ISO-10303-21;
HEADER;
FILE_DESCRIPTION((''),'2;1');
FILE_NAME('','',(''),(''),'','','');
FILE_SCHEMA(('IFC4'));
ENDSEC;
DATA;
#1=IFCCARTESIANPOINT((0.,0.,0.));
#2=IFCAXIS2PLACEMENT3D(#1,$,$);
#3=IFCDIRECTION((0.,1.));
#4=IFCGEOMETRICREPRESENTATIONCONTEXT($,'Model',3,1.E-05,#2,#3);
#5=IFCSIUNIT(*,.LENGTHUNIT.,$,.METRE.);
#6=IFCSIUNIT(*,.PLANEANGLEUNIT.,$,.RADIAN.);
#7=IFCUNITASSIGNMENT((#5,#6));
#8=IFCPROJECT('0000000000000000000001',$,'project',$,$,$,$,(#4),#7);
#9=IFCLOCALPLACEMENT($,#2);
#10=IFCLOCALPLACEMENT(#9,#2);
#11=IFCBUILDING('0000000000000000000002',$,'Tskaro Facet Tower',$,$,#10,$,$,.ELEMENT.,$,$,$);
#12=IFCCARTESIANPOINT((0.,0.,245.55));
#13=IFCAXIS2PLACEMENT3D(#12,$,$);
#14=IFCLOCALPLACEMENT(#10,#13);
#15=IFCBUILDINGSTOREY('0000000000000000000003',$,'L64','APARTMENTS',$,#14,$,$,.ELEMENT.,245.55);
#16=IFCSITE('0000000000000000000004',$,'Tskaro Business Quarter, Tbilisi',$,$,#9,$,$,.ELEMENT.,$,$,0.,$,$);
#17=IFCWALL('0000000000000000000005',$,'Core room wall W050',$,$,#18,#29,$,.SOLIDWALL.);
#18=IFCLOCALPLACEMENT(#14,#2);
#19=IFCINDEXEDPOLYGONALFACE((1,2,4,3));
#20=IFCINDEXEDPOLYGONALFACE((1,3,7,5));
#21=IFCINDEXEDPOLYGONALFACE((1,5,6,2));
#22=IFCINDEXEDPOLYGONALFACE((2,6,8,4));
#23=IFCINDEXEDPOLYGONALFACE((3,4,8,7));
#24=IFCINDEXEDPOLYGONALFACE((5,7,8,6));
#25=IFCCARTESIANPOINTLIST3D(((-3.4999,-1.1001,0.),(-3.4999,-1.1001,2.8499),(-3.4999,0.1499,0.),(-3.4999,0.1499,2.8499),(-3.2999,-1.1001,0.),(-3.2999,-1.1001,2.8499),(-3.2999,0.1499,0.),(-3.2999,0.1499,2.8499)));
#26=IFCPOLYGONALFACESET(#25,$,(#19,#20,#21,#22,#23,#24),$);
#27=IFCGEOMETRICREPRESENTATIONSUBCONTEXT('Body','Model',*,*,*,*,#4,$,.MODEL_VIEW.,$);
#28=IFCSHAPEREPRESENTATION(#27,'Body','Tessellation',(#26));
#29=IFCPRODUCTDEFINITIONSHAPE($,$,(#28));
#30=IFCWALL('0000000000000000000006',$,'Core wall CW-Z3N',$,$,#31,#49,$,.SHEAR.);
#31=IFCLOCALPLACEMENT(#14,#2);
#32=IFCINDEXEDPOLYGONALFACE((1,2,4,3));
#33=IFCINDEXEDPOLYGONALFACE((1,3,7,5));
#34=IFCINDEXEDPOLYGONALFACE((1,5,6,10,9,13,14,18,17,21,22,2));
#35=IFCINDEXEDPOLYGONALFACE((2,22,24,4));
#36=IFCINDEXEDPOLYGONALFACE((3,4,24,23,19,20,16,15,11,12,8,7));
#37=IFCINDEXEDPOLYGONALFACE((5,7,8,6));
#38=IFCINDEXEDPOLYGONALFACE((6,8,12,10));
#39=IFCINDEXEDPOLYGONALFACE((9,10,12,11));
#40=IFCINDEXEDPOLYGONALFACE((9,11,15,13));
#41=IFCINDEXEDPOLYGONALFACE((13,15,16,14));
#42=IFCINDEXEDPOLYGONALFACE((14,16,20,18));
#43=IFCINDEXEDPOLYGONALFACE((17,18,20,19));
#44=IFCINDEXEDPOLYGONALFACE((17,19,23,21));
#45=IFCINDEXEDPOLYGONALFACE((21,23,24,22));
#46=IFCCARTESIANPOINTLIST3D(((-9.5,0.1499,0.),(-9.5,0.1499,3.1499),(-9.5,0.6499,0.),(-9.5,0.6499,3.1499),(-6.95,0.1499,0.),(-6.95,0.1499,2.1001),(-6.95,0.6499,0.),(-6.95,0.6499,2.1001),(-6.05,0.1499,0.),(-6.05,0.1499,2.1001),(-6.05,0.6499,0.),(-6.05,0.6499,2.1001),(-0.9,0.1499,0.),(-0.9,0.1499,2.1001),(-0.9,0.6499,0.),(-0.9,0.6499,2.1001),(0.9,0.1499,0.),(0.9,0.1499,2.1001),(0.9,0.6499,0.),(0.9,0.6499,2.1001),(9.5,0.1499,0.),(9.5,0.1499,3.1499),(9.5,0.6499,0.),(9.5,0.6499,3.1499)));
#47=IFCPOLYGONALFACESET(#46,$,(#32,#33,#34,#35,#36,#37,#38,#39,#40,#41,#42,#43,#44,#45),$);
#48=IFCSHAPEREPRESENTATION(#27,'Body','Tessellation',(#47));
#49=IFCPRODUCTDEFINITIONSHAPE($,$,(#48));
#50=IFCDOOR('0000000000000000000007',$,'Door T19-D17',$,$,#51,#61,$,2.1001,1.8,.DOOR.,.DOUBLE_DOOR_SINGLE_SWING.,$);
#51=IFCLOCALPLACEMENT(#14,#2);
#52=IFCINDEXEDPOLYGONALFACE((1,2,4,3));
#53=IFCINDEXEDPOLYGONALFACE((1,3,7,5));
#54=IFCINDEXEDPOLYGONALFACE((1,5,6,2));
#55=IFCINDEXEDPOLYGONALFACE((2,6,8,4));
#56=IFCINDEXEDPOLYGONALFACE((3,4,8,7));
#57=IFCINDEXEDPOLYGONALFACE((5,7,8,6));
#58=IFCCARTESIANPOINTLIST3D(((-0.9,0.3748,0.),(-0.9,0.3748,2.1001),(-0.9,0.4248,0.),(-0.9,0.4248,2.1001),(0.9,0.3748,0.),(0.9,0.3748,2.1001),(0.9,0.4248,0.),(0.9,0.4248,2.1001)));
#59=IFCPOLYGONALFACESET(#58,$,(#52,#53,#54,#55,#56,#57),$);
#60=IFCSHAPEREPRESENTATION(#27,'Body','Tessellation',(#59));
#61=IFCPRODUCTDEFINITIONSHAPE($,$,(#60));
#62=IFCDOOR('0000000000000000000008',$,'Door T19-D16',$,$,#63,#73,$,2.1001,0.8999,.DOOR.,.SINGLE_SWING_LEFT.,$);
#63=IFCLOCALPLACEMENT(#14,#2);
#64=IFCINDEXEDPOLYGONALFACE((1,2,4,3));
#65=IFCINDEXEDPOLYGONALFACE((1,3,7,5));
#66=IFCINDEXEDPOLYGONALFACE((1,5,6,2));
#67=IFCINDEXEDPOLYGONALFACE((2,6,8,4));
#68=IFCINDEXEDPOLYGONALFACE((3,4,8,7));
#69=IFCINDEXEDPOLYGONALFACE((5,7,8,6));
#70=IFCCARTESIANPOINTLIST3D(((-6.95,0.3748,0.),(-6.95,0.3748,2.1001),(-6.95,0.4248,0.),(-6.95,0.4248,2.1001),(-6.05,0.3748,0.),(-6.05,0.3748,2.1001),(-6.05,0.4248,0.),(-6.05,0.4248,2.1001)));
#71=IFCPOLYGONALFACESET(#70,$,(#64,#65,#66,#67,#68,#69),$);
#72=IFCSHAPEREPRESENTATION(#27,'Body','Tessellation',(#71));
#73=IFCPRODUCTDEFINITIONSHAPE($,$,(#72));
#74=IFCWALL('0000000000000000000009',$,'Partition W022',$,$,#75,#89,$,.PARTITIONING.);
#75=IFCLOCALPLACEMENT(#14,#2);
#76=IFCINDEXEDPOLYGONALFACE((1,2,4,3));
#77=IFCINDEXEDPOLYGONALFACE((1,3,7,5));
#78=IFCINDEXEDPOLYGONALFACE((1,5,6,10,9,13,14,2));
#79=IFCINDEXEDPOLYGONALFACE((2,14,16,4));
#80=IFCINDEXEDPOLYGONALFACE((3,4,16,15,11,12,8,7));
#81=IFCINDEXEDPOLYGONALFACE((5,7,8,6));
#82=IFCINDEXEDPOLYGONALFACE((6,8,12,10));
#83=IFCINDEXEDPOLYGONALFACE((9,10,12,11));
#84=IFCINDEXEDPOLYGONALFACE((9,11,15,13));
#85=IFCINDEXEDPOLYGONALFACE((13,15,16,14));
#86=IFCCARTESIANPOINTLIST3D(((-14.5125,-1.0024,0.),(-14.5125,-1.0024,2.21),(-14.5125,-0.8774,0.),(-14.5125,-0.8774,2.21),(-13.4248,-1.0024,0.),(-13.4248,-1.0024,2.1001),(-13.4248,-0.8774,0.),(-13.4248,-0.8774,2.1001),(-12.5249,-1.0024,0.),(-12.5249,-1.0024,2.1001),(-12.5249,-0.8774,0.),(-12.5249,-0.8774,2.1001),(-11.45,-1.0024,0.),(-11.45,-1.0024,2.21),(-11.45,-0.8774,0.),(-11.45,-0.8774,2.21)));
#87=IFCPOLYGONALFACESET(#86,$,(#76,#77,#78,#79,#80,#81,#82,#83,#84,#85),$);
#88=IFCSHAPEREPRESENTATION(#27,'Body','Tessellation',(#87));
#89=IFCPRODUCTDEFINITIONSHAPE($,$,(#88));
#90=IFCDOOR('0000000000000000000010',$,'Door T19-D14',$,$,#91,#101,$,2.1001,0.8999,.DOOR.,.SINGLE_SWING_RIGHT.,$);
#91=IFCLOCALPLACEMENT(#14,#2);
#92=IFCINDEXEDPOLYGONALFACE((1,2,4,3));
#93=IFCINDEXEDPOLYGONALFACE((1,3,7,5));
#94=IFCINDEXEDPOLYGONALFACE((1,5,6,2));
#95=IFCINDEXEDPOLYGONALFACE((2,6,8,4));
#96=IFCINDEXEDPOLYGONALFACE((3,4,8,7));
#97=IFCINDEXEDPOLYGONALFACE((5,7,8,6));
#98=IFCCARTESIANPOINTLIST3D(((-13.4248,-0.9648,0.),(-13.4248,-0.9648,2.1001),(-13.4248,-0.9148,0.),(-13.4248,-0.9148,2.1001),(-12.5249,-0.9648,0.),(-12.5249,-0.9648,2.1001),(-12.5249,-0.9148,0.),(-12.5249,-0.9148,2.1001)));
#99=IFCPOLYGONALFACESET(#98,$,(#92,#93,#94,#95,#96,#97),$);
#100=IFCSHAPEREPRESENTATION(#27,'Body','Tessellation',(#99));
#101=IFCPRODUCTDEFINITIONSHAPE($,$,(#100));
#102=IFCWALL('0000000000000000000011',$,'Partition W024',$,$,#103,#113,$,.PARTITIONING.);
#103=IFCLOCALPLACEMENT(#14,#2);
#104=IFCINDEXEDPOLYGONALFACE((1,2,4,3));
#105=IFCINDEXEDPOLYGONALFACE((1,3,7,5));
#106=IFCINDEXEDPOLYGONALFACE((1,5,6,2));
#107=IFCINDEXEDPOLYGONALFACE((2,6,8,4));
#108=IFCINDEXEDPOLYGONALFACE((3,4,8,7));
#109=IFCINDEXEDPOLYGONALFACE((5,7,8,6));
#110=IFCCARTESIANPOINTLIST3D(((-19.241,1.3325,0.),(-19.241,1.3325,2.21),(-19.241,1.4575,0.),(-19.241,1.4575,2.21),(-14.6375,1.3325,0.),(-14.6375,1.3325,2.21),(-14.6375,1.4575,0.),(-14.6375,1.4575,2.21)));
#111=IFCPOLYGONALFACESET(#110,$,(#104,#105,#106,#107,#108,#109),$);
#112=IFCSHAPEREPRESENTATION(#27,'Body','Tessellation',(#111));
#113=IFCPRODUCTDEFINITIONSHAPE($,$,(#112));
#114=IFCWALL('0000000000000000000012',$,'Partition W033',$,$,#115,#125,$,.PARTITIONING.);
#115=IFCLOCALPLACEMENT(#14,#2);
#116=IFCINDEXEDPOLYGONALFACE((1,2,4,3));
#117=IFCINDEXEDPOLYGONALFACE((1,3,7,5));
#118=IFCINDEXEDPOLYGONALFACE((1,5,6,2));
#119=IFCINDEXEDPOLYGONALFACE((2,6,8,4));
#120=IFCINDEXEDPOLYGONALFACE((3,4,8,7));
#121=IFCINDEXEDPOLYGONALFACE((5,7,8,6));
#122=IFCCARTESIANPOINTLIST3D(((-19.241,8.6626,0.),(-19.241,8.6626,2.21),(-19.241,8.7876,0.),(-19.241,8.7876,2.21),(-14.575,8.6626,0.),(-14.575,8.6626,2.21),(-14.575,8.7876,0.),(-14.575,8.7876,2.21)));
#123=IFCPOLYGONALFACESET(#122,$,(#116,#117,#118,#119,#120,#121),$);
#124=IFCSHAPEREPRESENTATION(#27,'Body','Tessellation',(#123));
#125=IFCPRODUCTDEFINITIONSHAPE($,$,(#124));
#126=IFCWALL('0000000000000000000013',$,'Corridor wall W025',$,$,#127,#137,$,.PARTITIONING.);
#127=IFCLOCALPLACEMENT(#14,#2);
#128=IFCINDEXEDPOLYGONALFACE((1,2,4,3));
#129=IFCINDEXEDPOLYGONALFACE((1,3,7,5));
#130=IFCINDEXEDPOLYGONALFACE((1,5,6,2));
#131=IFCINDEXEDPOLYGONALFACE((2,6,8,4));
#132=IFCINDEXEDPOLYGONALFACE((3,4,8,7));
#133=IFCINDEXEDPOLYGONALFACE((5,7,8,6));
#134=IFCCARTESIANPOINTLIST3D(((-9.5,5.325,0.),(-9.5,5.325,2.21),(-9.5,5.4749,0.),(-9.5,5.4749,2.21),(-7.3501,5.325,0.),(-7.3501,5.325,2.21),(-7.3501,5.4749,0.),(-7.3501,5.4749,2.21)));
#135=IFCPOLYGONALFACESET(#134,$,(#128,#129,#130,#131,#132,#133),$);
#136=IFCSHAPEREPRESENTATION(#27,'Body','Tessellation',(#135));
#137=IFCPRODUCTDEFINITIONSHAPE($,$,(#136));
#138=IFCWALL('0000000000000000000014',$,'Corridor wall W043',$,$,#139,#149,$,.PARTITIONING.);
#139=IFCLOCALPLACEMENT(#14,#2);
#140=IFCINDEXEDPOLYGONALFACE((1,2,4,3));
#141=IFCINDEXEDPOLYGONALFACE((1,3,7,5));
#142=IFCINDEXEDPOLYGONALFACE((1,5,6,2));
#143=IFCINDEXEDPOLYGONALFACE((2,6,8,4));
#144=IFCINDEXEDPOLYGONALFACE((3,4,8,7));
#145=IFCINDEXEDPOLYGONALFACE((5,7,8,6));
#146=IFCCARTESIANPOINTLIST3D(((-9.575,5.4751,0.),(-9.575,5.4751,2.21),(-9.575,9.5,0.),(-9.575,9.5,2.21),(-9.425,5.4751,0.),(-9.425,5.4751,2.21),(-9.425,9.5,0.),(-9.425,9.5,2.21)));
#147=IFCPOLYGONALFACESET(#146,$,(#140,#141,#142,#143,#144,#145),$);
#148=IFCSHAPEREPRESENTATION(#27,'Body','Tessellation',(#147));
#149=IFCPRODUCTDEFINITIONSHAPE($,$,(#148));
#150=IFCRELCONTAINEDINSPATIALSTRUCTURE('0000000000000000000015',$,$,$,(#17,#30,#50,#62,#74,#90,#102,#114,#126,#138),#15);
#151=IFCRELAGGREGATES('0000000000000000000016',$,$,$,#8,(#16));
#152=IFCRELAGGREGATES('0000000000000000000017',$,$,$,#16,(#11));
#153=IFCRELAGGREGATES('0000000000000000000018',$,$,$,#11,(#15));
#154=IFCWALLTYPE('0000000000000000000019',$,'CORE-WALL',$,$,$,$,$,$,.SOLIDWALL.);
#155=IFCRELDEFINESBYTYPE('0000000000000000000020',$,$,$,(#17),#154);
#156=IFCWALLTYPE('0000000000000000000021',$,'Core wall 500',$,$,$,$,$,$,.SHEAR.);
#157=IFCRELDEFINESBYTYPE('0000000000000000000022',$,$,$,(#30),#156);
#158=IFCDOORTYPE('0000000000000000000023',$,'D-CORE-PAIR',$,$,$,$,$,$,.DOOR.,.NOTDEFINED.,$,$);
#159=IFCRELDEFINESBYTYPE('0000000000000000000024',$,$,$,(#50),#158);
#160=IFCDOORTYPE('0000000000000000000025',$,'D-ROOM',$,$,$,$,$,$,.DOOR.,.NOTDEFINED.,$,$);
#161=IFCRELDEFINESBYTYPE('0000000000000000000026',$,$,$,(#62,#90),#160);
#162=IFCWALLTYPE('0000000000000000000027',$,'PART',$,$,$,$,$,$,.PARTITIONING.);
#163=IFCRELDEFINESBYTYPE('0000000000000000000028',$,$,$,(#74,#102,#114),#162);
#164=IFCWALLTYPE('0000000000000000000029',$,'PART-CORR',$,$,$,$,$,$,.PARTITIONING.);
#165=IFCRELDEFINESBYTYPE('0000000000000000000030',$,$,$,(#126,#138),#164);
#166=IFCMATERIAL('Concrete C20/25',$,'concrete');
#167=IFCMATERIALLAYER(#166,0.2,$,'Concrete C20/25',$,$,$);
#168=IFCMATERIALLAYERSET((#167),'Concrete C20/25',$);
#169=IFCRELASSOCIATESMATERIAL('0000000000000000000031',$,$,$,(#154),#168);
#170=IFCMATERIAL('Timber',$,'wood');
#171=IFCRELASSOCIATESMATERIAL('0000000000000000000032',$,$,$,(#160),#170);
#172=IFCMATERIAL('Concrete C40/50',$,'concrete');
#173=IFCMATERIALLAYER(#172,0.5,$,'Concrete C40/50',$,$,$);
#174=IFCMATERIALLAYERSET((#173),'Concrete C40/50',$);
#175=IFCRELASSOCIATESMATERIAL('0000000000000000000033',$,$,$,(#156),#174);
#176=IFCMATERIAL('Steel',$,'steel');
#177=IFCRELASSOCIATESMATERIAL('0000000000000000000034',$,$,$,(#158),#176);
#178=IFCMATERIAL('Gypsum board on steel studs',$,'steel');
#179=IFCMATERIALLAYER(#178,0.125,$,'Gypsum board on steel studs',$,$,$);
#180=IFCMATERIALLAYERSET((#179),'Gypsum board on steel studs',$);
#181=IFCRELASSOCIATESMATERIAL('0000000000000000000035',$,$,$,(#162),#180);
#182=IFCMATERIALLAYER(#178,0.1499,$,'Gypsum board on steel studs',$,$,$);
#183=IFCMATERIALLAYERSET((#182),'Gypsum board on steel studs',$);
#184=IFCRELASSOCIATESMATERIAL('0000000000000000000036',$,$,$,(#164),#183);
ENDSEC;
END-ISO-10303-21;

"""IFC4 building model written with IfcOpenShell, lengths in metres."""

from ifc_helpers import new_model, si_unit, direction, frame, frame_2d, origin, place, context, subcontext, project, spatial, rectangle, extrude, material, layer, layer_set, type_object, element, fill, save


model = new_model("IFC4")

# Units and contexts
model_context = context("Model", 3, precision=1e-05, world=origin(), true_north=direction((0.0, 1.0)))
body_context = subcontext(model_context, "Body", "Model", "MODEL_VIEW")
ifc_project = project(units=[si_unit("LENGTHUNIT", "METRE"), si_unit("PLANEANGLEUNIT", "RADIAN")], contexts=[model_context])

# Site, building, storey
site_placement = place(None, origin())
site = spatial("IfcSite", under=ifc_project, at=site_placement, Name="Tskaro Business Quarter, Tbilisi", CompositionType="ELEMENT", RefElevation=0.0)
building_placement = place(site_placement, origin())
building = spatial("IfcBuilding", under=site, at=building_placement, Name="Tskaro Facet Tower", CompositionType="ELEMENT")
storey_placement = place(building_placement, frame((0.0, 0.0, 245.55)))
storey = spatial("IfcBuildingStorey", under=building, at=storey_placement, Name="L64", Description="APARTMENTS", CompositionType="ELEMENT", Elevation=245.55)

# Shared definitions
ifc_material_1 = material(Name="Concrete C20/25", Category="concrete")
ifc_layer_1 = layer(ifc_material_1, 0.2, Name="Concrete C20/25")
ifc_layer_set_1 = layer_set([ifc_layer_1], Name="Concrete C20/25")
wall_type_1 = type_object("IfcWallType", Name="CORE-WALL", PredefinedType="SOLIDWALL", material=ifc_layer_set_1)
ifc_material_2 = material(Name="Timber", Category="wood")
door_type_1 = type_object("IfcDoorType", Name="D-ROOM", OperationType="NOTDEFINED", PredefinedType="DOOR", material=ifc_material_2)

# Wall
wall_1_placement = place(storey_placement, frame((-3.3999, -1.1001, 0.0), z_axis=(0.0, 0.0, 1.0), x_axis=(0.0, 1.0, 0.0)))
element("IfcWall", 1, at=wall_1_placement, inside=storey, type_object=wall_type_1, Name="Core room wall W050", PredefinedType="SOLIDWALL", context=body_context, shape_type="SweptSolid", body=[
    extrude(rectangle(XDim=1.25, YDim=0.2, at=frame_2d((0.625, 0.0))), origin(), (0.0, 0.0, 1.0), 2.8499),
])

# Wall, openings, doors
ifc_material_3 = material(Name="Concrete C40/50", Category="concrete")
ifc_layer_2 = layer(ifc_material_3, 0.5, Name="Concrete C40/50")
ifc_layer_set_2 = layer_set([ifc_layer_2], Name="Concrete C40/50")
wall_type_2 = type_object("IfcWallType", Name="Core wall 500", PredefinedType="SHEAR", material=ifc_layer_set_2)
wall_2_placement = place(storey_placement, frame((-9.5, 0.3999, 0.0), z_axis=(0.0, 0.0, 1.0), x_axis=(1.0, 0.0, 0.0)))
wall_2 = element("IfcWall", 2, at=wall_2_placement, inside=storey, type_object=wall_type_2, Name="Core wall CW-Z3N", PredefinedType="SHEAR", context=body_context, shape_type="SweptSolid", body=[
    extrude(rectangle(XDim=19.0, YDim=0.5, at=frame_2d((9.5, 0.0))), origin(), (0.0, 0.0, 1.0), 3.1499),
])
opening_1_placement = place(wall_2_placement, frame((8.6001, 0.0, 0.0)))
opening_1 = element("IfcOpeningElement", 3, at=opening_1_placement, cuts=wall_2, PredefinedType="OPENING", context=body_context, shape_type="SweptSolid", body=[
    extrude(rectangle(XDim=1.8, YDim=2.1001, at=frame_2d((0.8999, 1.05))), frame((0.0, 0.26, 0.0), z_axis=(0.0, -1.0, 0.0), x_axis=(1.0, 0.0, 0.0)), (0.0, 0.0, 1.0), 0.52),
])
opening_2_placement = place(wall_2_placement, frame((2.55, 0.0, 0.0)))
opening_2 = element("IfcOpeningElement", 4, at=opening_2_placement, cuts=wall_2, PredefinedType="OPENING", context=body_context, shape_type="SweptSolid", body=[
    extrude(rectangle(XDim=0.8999, YDim=2.1001, at=frame_2d((0.45, 1.05))), frame((0.0, 0.26, 0.0), z_axis=(0.0, -1.0, 0.0), x_axis=(1.0, 0.0, 0.0)), (0.0, 0.0, 1.0), 0.52),
])
ifc_material_4 = material(Name="Steel", Category="steel")
door_type_2 = type_object("IfcDoorType", Name="D-CORE-PAIR", OperationType="NOTDEFINED", PredefinedType="DOOR", material=ifc_material_4)
door_1_placement = place(opening_1_placement, origin())
door_1 = element("IfcDoor", 5, at=door_1_placement, inside=storey, type_object=door_type_2, Name="Door T19-D17", OperationType="DOUBLE_DOOR_SINGLE_SWING", OverallHeight=2.1001, OverallWidth=1.8, PredefinedType="DOOR", context=body_context, shape_type="SweptSolid", body=[
    extrude(rectangle(XDim=1.8, YDim=2.1001, at=frame_2d((0.8999, 1.05))), frame((0.0, 0.0249, 0.0), z_axis=(0.0, -1.0, 0.0), x_axis=(1.0, 0.0, 0.0)), (0.0, 0.0, 1.0), 0.05),
])
fill(opening_1, door_1)
door_2_placement = place(opening_2_placement, origin())
door_2 = element("IfcDoor", 6, at=door_2_placement, inside=storey, type_object=door_type_1, Name="Door T19-D16", OperationType="SINGLE_SWING_LEFT", OverallHeight=2.1001, OverallWidth=0.8999, PredefinedType="DOOR", context=body_context, shape_type="SweptSolid", body=[
    extrude(rectangle(XDim=0.8999, YDim=2.1001, at=frame_2d((0.45, 1.05))), frame((0.0, 0.0249, 0.0), z_axis=(0.0, -1.0, 0.0), x_axis=(1.0, 0.0, 0.0)), (0.0, 0.0, 1.0), 0.05),
])
fill(opening_2, door_2)

# Wall, opening, door
ifc_material_5 = material(Name="Gypsum board on steel studs", Category="steel")
ifc_layer_3 = layer(ifc_material_5, 0.125, Name="Gypsum board on steel studs")
ifc_layer_set_3 = layer_set([ifc_layer_3], Name="Gypsum board on steel studs")
wall_type_3 = type_object("IfcWallType", Name="PART", PredefinedType="PARTITIONING", material=ifc_layer_set_3)
wall_3_placement = place(storey_placement, frame((-11.45, -0.9399, 0.0), z_axis=(0.0, 0.0, 1.0), x_axis=(-1.0, 0.0, 0.0)))
wall_3 = element("IfcWall", 7, at=wall_3_placement, inside=storey, type_object=wall_type_3, Name="Partition W022", PredefinedType="PARTITIONING", context=body_context, shape_type="SweptSolid", body=[
    extrude(rectangle(XDim=3.0625, YDim=0.125, at=frame_2d((1.5312, 0.0))), origin(), (0.0, 0.0, 1.0), 2.21),
])
opening_3_placement = place(wall_3_placement, frame((1.075, 0.0, 0.0)))
opening_3 = element("IfcOpeningElement", 8, at=opening_3_placement, cuts=wall_3, PredefinedType="OPENING", context=body_context, shape_type="SweptSolid", body=[
    extrude(rectangle(XDim=0.8999, YDim=2.1001, at=frame_2d((0.45, 1.05))), frame((0.0, 0.0725, 0.0), z_axis=(0.0, -1.0, 0.0), x_axis=(1.0, 0.0, 0.0)), (0.0, 0.0, 1.0), 0.145),
])
door_3_placement = place(opening_3_placement, origin())
door_3 = element("IfcDoor", 9, at=door_3_placement, inside=storey, type_object=door_type_1, Name="Door T19-D14", OperationType="SINGLE_SWING_RIGHT", OverallHeight=2.1001, OverallWidth=0.8999, PredefinedType="DOOR", context=body_context, shape_type="SweptSolid", body=[
    extrude(rectangle(XDim=0.8999, YDim=2.1001, at=frame_2d((0.45, 1.05))), frame((0.0, 0.0249, 0.0), z_axis=(0.0, -1.0, 0.0), x_axis=(1.0, 0.0, 0.0)), (0.0, 0.0, 1.0), 0.05),
])
fill(opening_3, door_3)

# Walls
wall_4_placement = place(storey_placement, frame((-19.241, 1.395, 0.0), z_axis=(0.0, 0.0, 1.0), x_axis=(1.0, 0.0, 0.0)))
element("IfcWall", 10, at=wall_4_placement, inside=storey, type_object=wall_type_3, Name="Partition W024", PredefinedType="PARTITIONING", context=body_context, shape_type="SweptSolid", body=[
    extrude(rectangle(XDim=4.6035, YDim=0.125, at=frame_2d((2.3018, 0.0))), origin(), (0.0, 0.0, 1.0), 2.21),
])
wall_5_placement = place(storey_placement, frame((-19.241, 8.7251, 0.0), z_axis=(0.0, 0.0, 1.0), x_axis=(1.0, 0.0, 0.0)))
element("IfcWall", 11, at=wall_5_placement, inside=storey, type_object=wall_type_3, Name="Partition W033", PredefinedType="PARTITIONING", context=body_context, shape_type="SweptSolid", body=[
    extrude(rectangle(XDim=4.666, YDim=0.125, at=frame_2d((2.333, 0.0))), origin(), (0.0, 0.0, 1.0), 2.21),
])
ifc_layer_4 = layer(ifc_material_5, 0.1499, Name="Gypsum board on steel studs")
ifc_layer_set_4 = layer_set([ifc_layer_4], Name="Gypsum board on steel studs")
wall_type_4 = type_object("IfcWallType", Name="PART-CORR", PredefinedType="PARTITIONING", material=ifc_layer_set_4)
wall_6_placement = place(storey_placement, frame((-9.5, 5.3999, 0.0), z_axis=(0.0, 0.0, 1.0), x_axis=(1.0, 0.0, 0.0)))
element("IfcWall", 12, at=wall_6_placement, inside=storey, type_object=wall_type_4, Name="Corridor wall W025", PredefinedType="PARTITIONING", context=body_context, shape_type="SweptSolid", body=[
    extrude(rectangle(XDim=2.1499, YDim=0.1499, at=frame_2d((1.075, 0.0))), origin(), (0.0, 0.0, 1.0), 2.21),
])
wall_7_placement = place(storey_placement, frame((-9.5, 5.4751, 0.0), z_axis=(0.0, 0.0, 1.0), x_axis=(0.0, 1.0, 0.0)))
element("IfcWall", 13, at=wall_7_placement, inside=storey, type_object=wall_type_4, Name="Corridor wall W043", PredefinedType="PARTITIONING", context=body_context, shape_type="SweptSolid", body=[
    extrude(rectangle(XDim=4.0249, YDim=0.1499, at=frame_2d((2.0125, 0.0))), origin(), (0.0, 0.0, 1.0), 2.21),
])

save(model, "model.ifc")
